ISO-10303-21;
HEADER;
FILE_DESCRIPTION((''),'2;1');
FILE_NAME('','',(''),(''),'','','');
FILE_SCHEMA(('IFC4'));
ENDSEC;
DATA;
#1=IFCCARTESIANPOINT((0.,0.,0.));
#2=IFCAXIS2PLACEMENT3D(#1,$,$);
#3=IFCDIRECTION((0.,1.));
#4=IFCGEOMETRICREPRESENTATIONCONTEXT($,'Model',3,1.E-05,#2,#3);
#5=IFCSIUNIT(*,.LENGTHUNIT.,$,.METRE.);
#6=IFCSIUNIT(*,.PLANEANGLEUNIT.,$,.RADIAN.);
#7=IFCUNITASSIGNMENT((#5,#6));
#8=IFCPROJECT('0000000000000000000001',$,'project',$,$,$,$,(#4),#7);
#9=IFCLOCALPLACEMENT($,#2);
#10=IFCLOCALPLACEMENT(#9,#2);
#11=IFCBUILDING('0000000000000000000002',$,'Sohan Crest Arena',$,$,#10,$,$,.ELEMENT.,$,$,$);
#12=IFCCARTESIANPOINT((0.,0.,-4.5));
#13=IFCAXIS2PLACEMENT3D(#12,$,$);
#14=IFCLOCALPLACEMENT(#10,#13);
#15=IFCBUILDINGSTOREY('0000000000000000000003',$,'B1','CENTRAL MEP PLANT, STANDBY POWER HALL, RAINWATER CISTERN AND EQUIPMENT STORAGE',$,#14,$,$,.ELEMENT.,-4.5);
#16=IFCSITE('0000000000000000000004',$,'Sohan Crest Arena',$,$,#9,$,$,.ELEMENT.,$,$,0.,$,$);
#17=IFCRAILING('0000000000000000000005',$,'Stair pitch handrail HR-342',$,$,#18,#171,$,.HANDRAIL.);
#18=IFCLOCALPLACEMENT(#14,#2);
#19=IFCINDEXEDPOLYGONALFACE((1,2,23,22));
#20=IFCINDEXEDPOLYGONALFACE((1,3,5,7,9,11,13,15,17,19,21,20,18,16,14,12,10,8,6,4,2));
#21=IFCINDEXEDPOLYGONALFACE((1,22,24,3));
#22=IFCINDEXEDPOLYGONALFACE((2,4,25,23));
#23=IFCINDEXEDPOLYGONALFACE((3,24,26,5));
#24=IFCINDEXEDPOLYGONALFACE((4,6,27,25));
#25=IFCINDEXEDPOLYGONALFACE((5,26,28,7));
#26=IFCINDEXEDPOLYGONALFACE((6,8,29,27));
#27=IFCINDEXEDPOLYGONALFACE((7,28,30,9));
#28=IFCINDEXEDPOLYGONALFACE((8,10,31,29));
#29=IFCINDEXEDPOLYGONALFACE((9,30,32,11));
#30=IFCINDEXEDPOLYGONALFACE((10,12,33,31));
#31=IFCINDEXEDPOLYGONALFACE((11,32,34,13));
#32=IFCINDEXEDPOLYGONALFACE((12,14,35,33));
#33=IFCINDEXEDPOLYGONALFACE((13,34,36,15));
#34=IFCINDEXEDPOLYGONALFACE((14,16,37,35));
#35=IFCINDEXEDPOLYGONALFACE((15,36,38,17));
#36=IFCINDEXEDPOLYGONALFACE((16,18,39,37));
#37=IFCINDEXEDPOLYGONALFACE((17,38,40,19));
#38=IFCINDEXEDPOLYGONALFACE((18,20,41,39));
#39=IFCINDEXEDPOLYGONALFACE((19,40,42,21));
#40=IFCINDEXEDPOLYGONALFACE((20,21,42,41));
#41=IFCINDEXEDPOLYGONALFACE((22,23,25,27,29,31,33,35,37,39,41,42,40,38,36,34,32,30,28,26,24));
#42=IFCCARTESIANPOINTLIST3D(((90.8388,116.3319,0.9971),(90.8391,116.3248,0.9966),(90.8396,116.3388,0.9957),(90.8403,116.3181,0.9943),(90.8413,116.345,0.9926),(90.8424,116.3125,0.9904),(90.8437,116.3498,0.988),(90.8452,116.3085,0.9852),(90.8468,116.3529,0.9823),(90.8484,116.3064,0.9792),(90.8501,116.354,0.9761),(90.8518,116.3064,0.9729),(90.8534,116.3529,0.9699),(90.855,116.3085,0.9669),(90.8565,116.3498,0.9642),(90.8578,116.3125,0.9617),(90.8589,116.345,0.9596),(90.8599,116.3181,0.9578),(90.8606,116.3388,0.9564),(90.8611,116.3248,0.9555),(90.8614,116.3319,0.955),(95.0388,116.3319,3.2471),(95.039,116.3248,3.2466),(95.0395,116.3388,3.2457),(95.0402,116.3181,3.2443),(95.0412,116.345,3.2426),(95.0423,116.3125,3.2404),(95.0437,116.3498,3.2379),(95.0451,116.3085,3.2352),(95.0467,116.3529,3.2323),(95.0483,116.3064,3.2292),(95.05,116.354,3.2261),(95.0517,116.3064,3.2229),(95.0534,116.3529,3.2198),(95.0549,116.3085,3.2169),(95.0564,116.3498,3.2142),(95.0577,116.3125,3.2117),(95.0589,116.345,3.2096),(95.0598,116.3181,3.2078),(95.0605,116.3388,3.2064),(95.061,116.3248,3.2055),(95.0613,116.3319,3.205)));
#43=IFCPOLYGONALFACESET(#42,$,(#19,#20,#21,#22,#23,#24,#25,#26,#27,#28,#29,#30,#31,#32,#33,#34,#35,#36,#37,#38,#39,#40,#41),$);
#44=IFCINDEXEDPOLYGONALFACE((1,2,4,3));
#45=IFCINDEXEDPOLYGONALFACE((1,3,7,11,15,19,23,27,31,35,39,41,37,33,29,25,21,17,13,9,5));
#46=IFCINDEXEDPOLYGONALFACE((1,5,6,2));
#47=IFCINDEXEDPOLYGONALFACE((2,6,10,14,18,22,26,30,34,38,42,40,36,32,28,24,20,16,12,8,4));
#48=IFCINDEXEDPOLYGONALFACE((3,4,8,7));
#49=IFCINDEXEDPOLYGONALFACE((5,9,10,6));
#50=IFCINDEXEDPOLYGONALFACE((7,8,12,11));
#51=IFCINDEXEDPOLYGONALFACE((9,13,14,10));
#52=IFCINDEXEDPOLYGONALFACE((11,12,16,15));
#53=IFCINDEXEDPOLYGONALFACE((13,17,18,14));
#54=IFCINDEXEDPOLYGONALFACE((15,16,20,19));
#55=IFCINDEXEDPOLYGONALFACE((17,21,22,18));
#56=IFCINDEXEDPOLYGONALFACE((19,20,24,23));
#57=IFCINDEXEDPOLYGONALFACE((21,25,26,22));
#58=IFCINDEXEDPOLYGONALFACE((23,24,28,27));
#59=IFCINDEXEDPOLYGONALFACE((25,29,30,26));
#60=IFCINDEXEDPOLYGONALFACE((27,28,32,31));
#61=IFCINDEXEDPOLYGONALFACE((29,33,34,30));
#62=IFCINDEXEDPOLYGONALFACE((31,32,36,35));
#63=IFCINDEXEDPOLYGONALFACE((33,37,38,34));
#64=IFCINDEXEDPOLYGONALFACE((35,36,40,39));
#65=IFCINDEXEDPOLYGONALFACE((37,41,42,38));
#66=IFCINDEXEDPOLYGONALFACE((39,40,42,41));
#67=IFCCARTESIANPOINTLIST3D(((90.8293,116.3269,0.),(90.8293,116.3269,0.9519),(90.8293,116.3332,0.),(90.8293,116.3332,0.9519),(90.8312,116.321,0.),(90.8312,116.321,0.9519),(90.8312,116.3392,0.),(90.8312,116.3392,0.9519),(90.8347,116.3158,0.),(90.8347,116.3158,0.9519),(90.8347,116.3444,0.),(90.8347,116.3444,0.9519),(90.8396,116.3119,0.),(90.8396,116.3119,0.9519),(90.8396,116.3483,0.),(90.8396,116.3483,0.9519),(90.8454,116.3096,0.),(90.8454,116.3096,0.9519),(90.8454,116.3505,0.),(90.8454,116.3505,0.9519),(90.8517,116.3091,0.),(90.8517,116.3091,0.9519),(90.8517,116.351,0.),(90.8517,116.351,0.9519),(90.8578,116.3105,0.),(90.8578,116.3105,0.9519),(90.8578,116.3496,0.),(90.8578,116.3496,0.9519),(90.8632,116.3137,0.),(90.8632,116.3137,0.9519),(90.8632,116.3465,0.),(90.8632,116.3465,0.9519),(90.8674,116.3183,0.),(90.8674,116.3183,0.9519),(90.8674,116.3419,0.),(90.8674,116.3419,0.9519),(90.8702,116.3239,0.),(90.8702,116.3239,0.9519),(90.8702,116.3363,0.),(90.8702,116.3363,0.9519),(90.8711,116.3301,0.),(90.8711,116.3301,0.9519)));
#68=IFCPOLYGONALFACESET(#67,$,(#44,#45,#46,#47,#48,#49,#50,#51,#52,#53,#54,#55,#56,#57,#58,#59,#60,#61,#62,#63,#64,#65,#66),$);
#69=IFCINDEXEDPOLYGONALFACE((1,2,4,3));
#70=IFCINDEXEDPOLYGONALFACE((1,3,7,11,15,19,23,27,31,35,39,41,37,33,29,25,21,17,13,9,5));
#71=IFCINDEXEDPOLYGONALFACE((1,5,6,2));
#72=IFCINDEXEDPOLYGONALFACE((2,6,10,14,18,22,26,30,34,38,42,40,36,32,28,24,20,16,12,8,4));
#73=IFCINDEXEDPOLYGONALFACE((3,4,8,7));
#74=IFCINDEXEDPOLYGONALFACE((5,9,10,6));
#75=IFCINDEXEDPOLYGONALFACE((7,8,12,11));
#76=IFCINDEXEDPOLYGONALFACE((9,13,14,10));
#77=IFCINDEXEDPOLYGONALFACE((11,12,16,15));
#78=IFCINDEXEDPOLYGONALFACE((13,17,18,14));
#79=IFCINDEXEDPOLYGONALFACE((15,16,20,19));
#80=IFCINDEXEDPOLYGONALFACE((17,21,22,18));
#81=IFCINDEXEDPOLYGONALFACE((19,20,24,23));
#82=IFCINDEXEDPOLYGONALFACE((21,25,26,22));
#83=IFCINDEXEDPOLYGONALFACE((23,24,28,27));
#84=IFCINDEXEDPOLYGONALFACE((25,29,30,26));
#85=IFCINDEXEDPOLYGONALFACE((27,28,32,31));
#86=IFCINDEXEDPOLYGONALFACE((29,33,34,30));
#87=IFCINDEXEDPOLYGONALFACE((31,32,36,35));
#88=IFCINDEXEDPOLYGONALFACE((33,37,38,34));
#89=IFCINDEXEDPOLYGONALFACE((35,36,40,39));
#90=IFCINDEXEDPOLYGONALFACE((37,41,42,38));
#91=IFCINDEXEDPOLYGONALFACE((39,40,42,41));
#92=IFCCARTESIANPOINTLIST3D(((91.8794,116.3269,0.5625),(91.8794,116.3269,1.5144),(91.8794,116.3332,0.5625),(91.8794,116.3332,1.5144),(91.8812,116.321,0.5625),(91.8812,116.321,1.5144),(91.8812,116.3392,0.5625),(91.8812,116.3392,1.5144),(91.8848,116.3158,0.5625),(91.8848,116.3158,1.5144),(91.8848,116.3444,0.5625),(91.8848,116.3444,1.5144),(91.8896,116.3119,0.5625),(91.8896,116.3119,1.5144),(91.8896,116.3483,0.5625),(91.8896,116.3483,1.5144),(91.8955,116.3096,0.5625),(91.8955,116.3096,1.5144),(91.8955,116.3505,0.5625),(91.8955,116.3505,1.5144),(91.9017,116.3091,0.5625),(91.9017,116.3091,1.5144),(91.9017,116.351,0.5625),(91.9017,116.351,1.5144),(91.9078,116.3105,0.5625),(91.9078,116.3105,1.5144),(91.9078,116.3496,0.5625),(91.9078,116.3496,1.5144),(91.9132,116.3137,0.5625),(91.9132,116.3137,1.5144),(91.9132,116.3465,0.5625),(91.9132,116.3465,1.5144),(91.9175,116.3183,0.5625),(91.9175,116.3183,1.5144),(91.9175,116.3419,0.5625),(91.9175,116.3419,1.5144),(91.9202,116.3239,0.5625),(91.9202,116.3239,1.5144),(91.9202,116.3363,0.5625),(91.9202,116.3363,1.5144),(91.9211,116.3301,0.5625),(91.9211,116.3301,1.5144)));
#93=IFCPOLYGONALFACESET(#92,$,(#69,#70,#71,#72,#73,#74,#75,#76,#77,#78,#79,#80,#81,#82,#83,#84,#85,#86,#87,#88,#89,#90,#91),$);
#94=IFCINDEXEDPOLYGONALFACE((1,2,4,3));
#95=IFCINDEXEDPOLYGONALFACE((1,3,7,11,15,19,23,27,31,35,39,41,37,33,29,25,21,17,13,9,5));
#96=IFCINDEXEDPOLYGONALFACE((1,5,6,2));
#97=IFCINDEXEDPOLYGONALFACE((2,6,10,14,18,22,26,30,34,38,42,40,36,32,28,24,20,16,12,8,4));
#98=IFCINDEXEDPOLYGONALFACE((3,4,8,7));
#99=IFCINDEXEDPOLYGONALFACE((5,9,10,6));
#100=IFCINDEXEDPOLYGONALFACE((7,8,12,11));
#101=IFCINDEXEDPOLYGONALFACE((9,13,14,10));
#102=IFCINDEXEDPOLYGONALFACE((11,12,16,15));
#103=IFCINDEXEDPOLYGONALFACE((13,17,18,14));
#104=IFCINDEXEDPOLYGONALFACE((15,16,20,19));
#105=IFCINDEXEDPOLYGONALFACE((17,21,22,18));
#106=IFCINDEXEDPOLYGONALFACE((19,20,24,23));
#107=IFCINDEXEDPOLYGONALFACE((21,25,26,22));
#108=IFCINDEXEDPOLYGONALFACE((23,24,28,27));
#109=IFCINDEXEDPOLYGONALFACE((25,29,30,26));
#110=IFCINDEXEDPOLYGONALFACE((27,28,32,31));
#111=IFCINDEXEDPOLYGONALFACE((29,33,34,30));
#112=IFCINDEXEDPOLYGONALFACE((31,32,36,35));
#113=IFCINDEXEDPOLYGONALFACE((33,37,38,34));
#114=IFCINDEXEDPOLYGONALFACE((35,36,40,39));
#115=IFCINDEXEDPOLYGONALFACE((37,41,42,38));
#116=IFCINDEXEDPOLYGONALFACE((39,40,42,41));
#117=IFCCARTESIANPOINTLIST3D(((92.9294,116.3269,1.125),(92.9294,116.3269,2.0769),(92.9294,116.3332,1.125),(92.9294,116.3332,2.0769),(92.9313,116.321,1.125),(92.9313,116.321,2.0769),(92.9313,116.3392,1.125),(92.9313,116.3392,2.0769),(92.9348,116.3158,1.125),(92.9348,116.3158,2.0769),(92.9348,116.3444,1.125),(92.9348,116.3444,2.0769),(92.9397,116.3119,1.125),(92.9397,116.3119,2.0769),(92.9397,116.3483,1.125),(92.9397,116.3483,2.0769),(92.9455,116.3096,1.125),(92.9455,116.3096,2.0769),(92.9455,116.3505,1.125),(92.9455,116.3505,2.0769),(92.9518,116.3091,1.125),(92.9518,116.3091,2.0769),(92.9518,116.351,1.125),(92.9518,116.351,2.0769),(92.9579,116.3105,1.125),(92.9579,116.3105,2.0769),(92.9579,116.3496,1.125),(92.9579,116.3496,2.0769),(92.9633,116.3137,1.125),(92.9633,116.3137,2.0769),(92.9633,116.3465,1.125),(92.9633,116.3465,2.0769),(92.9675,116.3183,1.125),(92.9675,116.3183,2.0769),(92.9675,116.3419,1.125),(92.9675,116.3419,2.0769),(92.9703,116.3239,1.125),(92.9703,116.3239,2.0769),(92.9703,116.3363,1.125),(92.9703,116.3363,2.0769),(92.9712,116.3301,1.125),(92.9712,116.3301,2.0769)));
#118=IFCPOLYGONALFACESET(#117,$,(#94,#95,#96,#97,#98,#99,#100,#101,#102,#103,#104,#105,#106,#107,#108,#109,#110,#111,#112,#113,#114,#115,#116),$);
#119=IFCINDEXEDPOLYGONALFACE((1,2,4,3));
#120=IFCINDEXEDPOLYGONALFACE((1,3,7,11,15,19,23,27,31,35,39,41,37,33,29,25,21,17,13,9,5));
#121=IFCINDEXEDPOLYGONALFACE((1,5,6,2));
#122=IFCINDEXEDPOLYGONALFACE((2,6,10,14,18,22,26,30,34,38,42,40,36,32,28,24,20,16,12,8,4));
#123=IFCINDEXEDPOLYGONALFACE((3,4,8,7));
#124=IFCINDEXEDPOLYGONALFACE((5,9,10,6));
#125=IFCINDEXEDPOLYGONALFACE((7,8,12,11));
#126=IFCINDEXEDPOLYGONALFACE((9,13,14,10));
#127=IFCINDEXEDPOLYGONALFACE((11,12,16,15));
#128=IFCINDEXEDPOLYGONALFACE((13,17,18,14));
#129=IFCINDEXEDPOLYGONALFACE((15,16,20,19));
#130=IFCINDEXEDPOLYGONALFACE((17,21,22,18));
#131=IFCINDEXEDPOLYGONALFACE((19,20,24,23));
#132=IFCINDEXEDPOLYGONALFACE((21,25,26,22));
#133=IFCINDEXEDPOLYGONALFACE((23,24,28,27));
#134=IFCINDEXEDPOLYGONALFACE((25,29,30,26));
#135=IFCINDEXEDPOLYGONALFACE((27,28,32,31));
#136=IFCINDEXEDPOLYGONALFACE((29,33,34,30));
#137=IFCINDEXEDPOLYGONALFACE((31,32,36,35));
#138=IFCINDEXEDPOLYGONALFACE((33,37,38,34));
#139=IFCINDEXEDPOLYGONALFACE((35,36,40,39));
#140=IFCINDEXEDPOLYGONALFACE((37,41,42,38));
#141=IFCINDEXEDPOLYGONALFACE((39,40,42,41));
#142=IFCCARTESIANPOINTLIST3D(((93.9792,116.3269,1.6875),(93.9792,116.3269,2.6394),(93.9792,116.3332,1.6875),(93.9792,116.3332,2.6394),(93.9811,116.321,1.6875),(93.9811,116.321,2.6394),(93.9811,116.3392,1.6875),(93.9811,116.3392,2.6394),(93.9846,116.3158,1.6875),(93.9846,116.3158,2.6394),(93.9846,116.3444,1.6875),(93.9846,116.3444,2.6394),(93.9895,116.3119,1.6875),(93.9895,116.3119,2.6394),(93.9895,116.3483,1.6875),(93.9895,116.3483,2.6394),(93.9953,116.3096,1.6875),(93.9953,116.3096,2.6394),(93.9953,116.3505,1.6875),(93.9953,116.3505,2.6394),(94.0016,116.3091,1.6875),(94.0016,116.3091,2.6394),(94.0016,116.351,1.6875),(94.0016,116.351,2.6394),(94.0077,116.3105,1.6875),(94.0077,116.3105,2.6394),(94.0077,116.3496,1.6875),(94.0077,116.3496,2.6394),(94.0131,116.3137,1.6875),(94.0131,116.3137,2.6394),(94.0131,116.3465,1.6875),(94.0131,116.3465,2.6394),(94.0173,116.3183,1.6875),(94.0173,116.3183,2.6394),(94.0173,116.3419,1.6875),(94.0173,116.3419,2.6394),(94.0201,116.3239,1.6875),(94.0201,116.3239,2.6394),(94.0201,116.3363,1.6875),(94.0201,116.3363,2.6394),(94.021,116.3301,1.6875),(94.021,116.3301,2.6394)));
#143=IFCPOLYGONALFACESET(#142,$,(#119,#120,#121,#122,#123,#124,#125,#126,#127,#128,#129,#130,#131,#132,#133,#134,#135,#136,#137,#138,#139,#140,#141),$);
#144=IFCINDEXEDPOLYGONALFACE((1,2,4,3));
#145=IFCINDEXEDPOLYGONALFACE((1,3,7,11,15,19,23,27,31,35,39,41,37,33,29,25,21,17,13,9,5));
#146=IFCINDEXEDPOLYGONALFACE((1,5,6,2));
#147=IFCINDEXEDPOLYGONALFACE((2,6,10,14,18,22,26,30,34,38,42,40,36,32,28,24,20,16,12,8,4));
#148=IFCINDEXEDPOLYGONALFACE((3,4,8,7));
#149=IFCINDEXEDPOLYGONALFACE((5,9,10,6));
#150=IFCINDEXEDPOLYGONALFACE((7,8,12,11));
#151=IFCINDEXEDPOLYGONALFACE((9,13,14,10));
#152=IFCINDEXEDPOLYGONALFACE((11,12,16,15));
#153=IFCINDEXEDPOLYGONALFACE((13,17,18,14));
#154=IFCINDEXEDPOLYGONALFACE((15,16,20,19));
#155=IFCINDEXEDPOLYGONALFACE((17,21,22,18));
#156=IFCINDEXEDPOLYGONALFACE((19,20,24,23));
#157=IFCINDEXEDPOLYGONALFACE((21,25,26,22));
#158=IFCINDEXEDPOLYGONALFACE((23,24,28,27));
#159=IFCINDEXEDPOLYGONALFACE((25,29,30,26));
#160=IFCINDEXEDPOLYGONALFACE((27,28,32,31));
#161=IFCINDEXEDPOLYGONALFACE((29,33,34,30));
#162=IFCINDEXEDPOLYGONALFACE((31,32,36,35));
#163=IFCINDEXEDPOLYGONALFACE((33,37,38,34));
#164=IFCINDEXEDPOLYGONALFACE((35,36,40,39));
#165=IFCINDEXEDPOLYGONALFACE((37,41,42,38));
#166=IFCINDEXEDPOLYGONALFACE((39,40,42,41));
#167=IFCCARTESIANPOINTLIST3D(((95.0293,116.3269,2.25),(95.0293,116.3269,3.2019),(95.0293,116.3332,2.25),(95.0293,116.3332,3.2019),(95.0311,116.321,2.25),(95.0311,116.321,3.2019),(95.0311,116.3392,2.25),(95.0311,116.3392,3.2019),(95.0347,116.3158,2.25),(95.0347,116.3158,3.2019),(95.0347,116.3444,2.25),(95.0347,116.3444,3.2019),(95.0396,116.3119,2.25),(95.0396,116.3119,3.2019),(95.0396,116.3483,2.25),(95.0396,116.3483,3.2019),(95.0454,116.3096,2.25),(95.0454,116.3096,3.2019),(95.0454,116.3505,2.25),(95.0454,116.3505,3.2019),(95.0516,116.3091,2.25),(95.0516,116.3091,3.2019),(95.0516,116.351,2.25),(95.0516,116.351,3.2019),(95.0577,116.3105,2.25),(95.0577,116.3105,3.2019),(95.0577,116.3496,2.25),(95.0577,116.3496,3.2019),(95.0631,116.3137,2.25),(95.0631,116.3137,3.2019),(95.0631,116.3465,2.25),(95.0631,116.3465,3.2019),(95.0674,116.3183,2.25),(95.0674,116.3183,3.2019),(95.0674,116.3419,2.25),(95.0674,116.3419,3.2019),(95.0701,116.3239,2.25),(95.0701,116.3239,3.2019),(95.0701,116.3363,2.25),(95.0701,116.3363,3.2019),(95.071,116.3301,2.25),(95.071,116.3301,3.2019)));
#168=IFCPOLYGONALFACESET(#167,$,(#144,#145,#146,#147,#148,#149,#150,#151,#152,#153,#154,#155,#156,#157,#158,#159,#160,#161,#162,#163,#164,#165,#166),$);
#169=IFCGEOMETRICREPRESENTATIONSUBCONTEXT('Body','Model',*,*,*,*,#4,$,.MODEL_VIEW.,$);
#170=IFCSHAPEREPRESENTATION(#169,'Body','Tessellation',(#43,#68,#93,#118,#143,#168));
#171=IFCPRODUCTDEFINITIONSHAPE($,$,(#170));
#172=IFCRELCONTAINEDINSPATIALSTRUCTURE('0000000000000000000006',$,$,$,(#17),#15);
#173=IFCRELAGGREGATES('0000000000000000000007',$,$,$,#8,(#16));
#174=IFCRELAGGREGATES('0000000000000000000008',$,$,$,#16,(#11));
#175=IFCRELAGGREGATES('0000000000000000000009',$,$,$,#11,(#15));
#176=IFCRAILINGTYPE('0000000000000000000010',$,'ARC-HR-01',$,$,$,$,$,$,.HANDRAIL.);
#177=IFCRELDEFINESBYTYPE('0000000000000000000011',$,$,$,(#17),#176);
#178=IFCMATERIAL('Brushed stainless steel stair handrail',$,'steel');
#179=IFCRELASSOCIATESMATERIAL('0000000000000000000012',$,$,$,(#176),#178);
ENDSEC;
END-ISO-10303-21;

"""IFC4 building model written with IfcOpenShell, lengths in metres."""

from ifc_helpers import new_model, si_unit, direction, frame, origin, origin_2d, place, context, subcontext, project, spatial, circle, extrude, material, type_object, element, save


model = new_model("IFC4")

# Units and contexts
model_context = context("Model", 3, precision=1e-05, world=origin(), true_north=direction((0.0, 1.0)))
body_context = subcontext(model_context, "Body", "Model", "MODEL_VIEW")
ifc_project = project(units=[si_unit("LENGTHUNIT", "METRE"), si_unit("PLANEANGLEUNIT", "RADIAN")], contexts=[model_context])

# Site, building, storey
site_placement = place(None, origin())
site = spatial("IfcSite", under=ifc_project, at=site_placement, Name="Sohan Crest Arena", CompositionType="ELEMENT", RefElevation=0.0)
building_placement = place(site_placement, origin())
building = spatial("IfcBuilding", under=site, at=building_placement, Name="Sohan Crest Arena", CompositionType="ELEMENT")
storey_placement = place(building_placement, frame((0.0, 0.0, -4.5)))
storey = spatial("IfcBuildingStorey", under=building, at=storey_placement, Name="B1", Description="CENTRAL MEP PLANT, STANDBY POWER HALL, RAINWATER CISTERN AND EQUIPMENT STORAGE", CompositionType="ELEMENT", Elevation=-4.5)

# Railing
ifc_material_1 = material(Name="Brushed stainless steel stair handrail", Category="steel")
railing_type_1 = type_object("IfcRailingType", Name="ARC-HR-01", PredefinedType="HANDRAIL", material=ifc_material_1)
for number, where, name in (
    (1, (90.8501, 116.3301, 0.0), "Stair pitch handrail HR-342"),
):
    element("IfcRailing", number, at=place(storey_placement, frame(where)), inside=storey, type_object=railing_type_1, Name=name, PredefinedType="HANDRAIL", context=body_context, shape_type="SweptSolid", body=[
        extrude(circle(Radius=0.0239, at=origin_2d()), frame((0.0, 0.0, 0.9761), z_axis=(0.881478, 0.0, 0.472226), x_axis=(0.0, 1.0, 0.0)), (0.0, 0.0, 1.0), 4.7646),
        extrude(circle(Radius=0.021, at=origin_2d()), origin(), (0.0, 0.0, 1.0), 0.9519),
        extrude(circle(Radius=0.021, at=origin_2d()), frame((1.05, 0.0, 0.5625)), (0.0, 0.0, 1.0), 0.9519),
        extrude(circle(Radius=0.021, at=origin_2d()), frame((2.1001, 0.0, 1.125)), (0.0, 0.0, 1.0), 0.9519),
        extrude(circle(Radius=0.021, at=origin_2d()), frame((3.1499, 0.0, 1.6875)), (0.0, 0.0, 1.0), 0.9519),
        extrude(circle(Radius=0.021, at=origin_2d()), frame((4.2, 0.0, 2.25)), (0.0, 0.0, 1.0), 0.9519),
    ])

save(model, "model.ifc")
